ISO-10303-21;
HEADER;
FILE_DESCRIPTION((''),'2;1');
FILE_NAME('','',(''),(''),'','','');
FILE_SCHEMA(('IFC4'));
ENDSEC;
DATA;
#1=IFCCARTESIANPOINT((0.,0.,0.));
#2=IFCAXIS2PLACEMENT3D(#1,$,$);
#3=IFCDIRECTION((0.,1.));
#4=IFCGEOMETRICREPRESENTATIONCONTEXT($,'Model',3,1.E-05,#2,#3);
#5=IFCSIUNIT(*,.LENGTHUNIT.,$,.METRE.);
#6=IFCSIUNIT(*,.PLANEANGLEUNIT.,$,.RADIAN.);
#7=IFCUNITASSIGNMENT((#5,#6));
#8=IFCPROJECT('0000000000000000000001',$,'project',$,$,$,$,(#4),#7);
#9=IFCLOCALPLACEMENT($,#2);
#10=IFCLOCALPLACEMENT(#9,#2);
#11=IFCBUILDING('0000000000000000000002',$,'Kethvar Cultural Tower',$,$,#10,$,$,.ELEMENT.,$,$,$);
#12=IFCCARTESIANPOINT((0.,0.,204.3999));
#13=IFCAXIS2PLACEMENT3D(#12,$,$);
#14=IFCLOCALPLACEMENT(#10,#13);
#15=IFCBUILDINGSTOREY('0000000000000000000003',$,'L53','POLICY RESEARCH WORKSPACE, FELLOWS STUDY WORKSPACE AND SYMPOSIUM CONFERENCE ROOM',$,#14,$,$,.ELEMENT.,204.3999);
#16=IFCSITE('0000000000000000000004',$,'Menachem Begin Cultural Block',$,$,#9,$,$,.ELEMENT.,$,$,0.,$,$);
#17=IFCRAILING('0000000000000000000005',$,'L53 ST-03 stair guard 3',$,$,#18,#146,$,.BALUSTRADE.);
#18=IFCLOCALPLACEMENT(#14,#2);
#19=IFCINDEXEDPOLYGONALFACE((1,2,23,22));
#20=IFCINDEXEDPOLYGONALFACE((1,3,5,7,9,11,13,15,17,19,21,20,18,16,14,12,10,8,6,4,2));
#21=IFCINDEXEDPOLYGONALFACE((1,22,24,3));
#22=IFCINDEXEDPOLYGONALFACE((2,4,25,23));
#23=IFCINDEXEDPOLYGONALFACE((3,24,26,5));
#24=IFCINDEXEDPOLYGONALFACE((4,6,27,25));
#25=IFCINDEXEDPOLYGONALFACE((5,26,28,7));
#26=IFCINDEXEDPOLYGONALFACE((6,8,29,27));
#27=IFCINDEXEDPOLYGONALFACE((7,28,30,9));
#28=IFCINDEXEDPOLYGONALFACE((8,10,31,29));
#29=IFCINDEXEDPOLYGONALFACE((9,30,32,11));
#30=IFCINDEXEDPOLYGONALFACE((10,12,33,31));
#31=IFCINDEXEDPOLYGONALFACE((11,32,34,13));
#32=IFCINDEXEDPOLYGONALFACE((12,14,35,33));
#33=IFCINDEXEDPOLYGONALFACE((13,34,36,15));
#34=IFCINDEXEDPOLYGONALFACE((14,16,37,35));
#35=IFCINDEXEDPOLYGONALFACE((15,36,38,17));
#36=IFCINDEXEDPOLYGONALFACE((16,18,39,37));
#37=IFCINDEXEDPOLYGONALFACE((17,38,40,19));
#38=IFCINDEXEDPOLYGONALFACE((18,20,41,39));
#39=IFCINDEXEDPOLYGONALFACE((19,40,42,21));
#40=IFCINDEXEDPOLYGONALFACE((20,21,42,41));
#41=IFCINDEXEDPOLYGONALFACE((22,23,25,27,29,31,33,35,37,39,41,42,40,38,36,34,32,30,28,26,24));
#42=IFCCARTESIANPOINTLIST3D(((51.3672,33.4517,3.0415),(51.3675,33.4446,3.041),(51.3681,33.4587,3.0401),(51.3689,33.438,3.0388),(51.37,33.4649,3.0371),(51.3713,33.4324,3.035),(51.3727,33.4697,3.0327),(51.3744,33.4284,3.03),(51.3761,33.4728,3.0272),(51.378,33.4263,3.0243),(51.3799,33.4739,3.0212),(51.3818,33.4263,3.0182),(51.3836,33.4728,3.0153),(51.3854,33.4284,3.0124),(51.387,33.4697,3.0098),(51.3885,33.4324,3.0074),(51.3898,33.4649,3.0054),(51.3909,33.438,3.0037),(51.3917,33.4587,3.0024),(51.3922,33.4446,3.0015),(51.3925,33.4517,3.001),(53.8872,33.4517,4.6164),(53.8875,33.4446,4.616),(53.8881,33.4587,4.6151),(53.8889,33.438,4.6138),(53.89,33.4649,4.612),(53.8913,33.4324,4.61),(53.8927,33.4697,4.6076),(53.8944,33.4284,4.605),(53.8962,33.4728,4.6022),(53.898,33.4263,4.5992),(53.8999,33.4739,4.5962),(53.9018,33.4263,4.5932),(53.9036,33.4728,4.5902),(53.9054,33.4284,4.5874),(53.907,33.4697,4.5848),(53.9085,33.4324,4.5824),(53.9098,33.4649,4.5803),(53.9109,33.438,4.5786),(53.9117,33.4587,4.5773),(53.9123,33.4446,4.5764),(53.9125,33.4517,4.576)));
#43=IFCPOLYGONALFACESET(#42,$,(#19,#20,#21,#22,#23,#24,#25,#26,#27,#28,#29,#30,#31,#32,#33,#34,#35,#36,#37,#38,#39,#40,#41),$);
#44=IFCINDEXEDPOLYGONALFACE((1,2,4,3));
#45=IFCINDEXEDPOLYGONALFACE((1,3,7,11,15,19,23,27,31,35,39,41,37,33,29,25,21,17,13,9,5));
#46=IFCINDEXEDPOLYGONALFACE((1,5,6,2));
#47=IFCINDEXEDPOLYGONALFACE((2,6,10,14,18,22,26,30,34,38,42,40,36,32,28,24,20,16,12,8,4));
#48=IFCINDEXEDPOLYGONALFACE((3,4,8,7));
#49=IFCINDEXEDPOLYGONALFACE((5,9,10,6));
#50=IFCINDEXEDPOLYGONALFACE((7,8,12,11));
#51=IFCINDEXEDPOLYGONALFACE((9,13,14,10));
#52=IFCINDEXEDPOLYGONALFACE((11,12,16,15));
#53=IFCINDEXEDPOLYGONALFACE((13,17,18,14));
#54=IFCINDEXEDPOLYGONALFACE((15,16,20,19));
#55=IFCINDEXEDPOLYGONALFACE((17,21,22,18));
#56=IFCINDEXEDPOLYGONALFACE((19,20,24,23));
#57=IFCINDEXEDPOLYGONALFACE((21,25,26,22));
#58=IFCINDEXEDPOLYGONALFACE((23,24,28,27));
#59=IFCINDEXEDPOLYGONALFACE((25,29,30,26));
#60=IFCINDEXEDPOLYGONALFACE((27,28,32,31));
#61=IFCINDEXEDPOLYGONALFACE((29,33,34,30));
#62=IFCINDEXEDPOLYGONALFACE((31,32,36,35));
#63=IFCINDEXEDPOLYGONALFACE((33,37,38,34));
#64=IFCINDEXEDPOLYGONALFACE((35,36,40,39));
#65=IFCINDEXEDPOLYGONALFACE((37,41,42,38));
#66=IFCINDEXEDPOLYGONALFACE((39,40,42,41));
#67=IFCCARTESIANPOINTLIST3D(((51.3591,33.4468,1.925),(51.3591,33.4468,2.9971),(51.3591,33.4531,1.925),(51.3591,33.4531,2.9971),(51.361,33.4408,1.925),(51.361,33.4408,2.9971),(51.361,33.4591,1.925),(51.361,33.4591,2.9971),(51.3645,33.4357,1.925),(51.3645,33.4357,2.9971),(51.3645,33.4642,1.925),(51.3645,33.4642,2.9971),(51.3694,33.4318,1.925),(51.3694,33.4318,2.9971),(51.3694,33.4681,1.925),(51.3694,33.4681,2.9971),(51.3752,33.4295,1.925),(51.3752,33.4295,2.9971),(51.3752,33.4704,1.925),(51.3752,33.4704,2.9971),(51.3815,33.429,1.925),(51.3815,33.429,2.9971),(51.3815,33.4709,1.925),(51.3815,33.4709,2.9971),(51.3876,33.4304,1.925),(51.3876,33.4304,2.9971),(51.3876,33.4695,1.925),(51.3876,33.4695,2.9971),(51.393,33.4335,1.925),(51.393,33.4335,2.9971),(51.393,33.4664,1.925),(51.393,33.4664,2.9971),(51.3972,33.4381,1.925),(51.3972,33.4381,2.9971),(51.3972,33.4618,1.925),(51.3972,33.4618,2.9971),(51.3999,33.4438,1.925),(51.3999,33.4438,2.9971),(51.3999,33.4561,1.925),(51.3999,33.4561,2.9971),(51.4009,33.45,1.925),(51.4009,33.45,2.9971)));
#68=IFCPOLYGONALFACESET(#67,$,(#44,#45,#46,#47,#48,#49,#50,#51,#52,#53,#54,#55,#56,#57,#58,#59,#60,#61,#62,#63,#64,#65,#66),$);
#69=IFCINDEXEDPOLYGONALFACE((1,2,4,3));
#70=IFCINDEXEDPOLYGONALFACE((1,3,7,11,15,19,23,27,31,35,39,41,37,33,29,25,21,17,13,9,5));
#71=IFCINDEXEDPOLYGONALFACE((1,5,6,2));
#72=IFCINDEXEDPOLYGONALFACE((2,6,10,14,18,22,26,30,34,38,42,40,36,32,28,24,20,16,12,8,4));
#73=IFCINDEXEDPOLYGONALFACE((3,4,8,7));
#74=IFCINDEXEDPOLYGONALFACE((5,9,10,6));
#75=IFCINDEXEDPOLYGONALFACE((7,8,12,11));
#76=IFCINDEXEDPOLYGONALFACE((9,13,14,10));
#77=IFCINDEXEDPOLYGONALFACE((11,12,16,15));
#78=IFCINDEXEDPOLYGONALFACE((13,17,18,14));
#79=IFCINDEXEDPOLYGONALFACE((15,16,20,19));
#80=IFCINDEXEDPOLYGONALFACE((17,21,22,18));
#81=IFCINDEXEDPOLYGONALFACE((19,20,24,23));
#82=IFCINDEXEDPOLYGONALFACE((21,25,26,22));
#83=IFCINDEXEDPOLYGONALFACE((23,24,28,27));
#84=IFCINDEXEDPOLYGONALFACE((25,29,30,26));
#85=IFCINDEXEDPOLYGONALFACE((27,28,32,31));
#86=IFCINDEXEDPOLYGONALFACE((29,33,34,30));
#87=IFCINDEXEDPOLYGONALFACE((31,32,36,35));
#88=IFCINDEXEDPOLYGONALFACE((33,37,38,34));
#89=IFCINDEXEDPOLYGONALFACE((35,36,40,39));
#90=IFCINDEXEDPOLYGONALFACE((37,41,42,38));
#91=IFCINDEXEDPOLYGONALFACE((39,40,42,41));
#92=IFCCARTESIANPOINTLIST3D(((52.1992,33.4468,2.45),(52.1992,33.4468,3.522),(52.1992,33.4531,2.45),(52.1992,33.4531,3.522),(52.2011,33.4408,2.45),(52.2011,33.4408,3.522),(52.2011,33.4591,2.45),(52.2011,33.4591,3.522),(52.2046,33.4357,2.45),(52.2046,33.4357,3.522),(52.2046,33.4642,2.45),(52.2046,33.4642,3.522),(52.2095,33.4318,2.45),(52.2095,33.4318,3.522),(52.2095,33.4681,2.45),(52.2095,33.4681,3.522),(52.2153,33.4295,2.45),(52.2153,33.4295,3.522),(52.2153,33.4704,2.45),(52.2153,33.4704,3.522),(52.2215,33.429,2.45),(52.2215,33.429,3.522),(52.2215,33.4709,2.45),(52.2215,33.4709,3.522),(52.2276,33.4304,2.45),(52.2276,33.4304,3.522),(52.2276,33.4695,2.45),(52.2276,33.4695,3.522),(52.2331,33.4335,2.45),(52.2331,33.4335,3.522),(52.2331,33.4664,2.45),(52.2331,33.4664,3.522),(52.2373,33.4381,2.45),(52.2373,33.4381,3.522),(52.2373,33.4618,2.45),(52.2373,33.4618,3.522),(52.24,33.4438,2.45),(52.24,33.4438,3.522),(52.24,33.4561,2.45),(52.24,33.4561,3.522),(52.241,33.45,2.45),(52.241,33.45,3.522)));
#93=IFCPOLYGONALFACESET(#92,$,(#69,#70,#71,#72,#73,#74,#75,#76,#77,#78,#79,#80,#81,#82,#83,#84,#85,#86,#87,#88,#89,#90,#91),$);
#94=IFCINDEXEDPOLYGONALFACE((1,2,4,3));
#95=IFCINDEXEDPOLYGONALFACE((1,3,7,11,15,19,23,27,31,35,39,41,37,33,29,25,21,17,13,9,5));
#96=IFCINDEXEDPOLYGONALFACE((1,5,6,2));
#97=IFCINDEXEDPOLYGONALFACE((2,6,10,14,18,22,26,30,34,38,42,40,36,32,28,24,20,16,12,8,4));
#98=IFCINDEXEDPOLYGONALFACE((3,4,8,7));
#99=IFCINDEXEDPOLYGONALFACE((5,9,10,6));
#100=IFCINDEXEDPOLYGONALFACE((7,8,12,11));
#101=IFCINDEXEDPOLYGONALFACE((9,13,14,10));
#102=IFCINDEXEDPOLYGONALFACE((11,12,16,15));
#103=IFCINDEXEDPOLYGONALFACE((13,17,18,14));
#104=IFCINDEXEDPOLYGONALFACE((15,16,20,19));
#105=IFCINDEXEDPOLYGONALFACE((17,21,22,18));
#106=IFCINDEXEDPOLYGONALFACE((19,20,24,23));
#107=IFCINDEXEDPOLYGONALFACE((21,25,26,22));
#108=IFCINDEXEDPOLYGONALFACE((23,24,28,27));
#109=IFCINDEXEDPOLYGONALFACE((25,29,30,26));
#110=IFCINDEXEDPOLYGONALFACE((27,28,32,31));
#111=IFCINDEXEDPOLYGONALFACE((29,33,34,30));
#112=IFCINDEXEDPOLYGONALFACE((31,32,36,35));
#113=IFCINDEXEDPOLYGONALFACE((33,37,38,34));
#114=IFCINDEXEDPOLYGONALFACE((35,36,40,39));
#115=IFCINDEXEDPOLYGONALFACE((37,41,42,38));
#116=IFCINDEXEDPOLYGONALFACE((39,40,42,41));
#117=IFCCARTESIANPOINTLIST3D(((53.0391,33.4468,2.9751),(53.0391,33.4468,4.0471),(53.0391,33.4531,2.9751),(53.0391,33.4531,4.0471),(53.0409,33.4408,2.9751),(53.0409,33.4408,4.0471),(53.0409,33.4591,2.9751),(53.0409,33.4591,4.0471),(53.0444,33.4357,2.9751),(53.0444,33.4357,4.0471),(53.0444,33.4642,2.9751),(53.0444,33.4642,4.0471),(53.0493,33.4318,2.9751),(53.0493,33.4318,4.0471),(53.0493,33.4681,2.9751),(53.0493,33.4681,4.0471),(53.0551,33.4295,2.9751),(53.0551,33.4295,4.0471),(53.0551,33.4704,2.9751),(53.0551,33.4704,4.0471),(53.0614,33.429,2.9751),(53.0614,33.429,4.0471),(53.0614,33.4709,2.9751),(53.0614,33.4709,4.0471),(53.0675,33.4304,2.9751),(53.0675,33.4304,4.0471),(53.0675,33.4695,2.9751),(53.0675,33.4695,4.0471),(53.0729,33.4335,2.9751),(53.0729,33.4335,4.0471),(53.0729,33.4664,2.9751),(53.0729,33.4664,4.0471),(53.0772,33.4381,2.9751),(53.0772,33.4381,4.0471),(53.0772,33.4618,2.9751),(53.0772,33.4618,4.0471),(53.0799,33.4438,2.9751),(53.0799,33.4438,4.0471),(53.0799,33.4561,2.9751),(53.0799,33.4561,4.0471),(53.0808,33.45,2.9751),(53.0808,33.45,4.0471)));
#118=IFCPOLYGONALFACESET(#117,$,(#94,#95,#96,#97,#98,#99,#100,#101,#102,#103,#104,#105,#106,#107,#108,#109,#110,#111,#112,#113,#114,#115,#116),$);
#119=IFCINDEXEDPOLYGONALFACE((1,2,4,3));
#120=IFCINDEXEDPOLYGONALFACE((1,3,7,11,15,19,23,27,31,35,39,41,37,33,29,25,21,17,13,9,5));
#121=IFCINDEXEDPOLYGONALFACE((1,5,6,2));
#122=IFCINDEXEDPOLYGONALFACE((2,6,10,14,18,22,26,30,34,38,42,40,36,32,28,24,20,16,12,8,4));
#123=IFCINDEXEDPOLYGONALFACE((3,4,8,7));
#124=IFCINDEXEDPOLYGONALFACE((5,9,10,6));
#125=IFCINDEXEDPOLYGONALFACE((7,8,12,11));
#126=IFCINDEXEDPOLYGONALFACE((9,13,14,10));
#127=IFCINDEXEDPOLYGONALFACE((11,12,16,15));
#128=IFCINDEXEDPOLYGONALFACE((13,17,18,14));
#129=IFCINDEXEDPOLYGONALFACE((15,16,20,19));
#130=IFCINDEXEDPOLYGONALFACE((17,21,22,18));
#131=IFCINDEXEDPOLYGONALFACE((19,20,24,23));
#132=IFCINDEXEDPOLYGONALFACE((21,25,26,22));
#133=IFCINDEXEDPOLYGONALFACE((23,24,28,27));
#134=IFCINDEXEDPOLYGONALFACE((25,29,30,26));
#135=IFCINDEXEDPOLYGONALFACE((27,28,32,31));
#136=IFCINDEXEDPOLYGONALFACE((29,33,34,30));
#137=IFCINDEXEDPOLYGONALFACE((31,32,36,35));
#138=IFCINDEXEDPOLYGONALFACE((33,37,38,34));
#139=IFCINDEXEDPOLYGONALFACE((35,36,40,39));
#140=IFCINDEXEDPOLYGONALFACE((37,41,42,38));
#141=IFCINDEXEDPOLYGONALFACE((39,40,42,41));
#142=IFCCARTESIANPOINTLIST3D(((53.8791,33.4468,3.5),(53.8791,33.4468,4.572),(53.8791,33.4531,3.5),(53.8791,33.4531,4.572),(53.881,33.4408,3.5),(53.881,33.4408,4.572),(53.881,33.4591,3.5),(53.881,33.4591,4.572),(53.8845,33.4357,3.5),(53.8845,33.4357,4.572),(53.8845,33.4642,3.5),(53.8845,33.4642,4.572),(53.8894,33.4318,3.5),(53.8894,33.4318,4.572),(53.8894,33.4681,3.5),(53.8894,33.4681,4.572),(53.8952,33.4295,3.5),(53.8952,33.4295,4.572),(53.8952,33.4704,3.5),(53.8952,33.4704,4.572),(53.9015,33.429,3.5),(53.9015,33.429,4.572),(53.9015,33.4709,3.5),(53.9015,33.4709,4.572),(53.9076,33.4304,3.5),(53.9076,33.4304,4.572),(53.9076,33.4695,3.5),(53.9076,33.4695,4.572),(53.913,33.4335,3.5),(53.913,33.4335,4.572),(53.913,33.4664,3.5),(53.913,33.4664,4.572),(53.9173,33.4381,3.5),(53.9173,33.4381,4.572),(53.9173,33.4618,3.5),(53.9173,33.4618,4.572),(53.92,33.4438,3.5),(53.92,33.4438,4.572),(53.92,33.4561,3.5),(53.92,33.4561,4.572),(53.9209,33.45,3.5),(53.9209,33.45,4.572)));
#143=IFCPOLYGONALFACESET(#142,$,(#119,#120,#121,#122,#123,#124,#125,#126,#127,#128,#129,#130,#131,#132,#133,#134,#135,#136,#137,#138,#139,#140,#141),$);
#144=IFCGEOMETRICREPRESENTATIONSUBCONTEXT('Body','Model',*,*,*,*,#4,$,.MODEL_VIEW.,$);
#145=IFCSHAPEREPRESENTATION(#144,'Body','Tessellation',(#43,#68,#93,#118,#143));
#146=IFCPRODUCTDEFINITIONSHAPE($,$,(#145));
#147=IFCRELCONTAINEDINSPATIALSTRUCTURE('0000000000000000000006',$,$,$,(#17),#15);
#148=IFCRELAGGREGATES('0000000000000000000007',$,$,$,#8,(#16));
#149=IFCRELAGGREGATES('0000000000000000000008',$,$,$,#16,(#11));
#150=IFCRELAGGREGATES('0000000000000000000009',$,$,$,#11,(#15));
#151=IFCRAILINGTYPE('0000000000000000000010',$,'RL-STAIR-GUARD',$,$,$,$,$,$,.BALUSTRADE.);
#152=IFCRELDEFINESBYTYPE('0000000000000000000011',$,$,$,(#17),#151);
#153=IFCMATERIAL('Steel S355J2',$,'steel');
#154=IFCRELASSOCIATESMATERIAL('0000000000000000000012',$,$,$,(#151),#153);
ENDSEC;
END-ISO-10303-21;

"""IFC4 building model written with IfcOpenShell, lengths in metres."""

from ifc_helpers import new_model, si_unit, direction, frame, origin, origin_2d, place, context, subcontext, project, spatial, circle, extrude, material, type_object, element, save


model = new_model("IFC4")

# Units and contexts
model_context = context("Model", 3, precision=1e-05, world=origin(), true_north=direction((0.0, 1.0)))
body_context = subcontext(model_context, "Body", "Model", "MODEL_VIEW")
ifc_project = project(units=[si_unit("LENGTHUNIT", "METRE"), si_unit("PLANEANGLEUNIT", "RADIAN")], contexts=[model_context])

# Site, building, storey
site_placement = place(None, origin())
site = spatial("IfcSite", under=ifc_project, at=site_placement, Name="Menachem Begin Cultural Block", CompositionType="ELEMENT", RefElevation=0.0)
building_placement = place(site_placement, origin())
building = spatial("IfcBuilding", under=site, at=building_placement, Name="Kethvar Cultural Tower", CompositionType="ELEMENT")
storey_placement = place(building_placement, frame((0.0, 0.0, 204.3999)))
storey = spatial("IfcBuildingStorey", under=building, at=storey_placement, Name="L53", Description="POLICY RESEARCH WORKSPACE, FELLOWS STUDY WORKSPACE AND SYMPOSIUM CONFERENCE ROOM", CompositionType="ELEMENT", Elevation=204.3999)

# Shared definitions
ifc_material_1 = material(Name="Steel S355J2", Category="steel")

# Railing
railing_type_1 = type_object("IfcRailingType", Name="RL-STAIR-GUARD", PredefinedType="BALUSTRADE", material=ifc_material_1)
railing_1_placement = place(storey_placement, frame((51.3799, 33.45, 1.925)))
element("IfcRailing", 1, at=railing_1_placement, inside=storey, type_object=railing_type_1, Name="L53 ST-03 stair guard 3", PredefinedType="BALUSTRADE", context=body_context, shape_type="SweptSolid", body=[
    extrude(circle(Radius=0.0239, at=origin_2d()), frame((0.0, 0.0, 1.0962), z_axis=(0.848008, 0.0, 0.529984), x_axis=(0.0, 1.0, 0.0)), (0.0, 0.0, 1.0), 2.9717),
    extrude(circle(Radius=0.021, at=origin_2d()), origin(), (0.0, 0.0, 1.0), 1.072),
    extrude(circle(Radius=0.021, at=origin_2d()), frame((0.8401, 0.0, 0.5249)), (0.0, 0.0, 1.0), 1.072),
    extrude(circle(Radius=0.021, at=origin_2d()), frame((1.6799, 0.0, 1.05)), (0.0, 0.0, 1.0), 1.072),
    extrude(circle(Radius=0.021, at=origin_2d()), frame((2.52, 0.0, 1.575)), (0.0, 0.0, 1.0), 1.072),
])

save(model, "model.ifc")
